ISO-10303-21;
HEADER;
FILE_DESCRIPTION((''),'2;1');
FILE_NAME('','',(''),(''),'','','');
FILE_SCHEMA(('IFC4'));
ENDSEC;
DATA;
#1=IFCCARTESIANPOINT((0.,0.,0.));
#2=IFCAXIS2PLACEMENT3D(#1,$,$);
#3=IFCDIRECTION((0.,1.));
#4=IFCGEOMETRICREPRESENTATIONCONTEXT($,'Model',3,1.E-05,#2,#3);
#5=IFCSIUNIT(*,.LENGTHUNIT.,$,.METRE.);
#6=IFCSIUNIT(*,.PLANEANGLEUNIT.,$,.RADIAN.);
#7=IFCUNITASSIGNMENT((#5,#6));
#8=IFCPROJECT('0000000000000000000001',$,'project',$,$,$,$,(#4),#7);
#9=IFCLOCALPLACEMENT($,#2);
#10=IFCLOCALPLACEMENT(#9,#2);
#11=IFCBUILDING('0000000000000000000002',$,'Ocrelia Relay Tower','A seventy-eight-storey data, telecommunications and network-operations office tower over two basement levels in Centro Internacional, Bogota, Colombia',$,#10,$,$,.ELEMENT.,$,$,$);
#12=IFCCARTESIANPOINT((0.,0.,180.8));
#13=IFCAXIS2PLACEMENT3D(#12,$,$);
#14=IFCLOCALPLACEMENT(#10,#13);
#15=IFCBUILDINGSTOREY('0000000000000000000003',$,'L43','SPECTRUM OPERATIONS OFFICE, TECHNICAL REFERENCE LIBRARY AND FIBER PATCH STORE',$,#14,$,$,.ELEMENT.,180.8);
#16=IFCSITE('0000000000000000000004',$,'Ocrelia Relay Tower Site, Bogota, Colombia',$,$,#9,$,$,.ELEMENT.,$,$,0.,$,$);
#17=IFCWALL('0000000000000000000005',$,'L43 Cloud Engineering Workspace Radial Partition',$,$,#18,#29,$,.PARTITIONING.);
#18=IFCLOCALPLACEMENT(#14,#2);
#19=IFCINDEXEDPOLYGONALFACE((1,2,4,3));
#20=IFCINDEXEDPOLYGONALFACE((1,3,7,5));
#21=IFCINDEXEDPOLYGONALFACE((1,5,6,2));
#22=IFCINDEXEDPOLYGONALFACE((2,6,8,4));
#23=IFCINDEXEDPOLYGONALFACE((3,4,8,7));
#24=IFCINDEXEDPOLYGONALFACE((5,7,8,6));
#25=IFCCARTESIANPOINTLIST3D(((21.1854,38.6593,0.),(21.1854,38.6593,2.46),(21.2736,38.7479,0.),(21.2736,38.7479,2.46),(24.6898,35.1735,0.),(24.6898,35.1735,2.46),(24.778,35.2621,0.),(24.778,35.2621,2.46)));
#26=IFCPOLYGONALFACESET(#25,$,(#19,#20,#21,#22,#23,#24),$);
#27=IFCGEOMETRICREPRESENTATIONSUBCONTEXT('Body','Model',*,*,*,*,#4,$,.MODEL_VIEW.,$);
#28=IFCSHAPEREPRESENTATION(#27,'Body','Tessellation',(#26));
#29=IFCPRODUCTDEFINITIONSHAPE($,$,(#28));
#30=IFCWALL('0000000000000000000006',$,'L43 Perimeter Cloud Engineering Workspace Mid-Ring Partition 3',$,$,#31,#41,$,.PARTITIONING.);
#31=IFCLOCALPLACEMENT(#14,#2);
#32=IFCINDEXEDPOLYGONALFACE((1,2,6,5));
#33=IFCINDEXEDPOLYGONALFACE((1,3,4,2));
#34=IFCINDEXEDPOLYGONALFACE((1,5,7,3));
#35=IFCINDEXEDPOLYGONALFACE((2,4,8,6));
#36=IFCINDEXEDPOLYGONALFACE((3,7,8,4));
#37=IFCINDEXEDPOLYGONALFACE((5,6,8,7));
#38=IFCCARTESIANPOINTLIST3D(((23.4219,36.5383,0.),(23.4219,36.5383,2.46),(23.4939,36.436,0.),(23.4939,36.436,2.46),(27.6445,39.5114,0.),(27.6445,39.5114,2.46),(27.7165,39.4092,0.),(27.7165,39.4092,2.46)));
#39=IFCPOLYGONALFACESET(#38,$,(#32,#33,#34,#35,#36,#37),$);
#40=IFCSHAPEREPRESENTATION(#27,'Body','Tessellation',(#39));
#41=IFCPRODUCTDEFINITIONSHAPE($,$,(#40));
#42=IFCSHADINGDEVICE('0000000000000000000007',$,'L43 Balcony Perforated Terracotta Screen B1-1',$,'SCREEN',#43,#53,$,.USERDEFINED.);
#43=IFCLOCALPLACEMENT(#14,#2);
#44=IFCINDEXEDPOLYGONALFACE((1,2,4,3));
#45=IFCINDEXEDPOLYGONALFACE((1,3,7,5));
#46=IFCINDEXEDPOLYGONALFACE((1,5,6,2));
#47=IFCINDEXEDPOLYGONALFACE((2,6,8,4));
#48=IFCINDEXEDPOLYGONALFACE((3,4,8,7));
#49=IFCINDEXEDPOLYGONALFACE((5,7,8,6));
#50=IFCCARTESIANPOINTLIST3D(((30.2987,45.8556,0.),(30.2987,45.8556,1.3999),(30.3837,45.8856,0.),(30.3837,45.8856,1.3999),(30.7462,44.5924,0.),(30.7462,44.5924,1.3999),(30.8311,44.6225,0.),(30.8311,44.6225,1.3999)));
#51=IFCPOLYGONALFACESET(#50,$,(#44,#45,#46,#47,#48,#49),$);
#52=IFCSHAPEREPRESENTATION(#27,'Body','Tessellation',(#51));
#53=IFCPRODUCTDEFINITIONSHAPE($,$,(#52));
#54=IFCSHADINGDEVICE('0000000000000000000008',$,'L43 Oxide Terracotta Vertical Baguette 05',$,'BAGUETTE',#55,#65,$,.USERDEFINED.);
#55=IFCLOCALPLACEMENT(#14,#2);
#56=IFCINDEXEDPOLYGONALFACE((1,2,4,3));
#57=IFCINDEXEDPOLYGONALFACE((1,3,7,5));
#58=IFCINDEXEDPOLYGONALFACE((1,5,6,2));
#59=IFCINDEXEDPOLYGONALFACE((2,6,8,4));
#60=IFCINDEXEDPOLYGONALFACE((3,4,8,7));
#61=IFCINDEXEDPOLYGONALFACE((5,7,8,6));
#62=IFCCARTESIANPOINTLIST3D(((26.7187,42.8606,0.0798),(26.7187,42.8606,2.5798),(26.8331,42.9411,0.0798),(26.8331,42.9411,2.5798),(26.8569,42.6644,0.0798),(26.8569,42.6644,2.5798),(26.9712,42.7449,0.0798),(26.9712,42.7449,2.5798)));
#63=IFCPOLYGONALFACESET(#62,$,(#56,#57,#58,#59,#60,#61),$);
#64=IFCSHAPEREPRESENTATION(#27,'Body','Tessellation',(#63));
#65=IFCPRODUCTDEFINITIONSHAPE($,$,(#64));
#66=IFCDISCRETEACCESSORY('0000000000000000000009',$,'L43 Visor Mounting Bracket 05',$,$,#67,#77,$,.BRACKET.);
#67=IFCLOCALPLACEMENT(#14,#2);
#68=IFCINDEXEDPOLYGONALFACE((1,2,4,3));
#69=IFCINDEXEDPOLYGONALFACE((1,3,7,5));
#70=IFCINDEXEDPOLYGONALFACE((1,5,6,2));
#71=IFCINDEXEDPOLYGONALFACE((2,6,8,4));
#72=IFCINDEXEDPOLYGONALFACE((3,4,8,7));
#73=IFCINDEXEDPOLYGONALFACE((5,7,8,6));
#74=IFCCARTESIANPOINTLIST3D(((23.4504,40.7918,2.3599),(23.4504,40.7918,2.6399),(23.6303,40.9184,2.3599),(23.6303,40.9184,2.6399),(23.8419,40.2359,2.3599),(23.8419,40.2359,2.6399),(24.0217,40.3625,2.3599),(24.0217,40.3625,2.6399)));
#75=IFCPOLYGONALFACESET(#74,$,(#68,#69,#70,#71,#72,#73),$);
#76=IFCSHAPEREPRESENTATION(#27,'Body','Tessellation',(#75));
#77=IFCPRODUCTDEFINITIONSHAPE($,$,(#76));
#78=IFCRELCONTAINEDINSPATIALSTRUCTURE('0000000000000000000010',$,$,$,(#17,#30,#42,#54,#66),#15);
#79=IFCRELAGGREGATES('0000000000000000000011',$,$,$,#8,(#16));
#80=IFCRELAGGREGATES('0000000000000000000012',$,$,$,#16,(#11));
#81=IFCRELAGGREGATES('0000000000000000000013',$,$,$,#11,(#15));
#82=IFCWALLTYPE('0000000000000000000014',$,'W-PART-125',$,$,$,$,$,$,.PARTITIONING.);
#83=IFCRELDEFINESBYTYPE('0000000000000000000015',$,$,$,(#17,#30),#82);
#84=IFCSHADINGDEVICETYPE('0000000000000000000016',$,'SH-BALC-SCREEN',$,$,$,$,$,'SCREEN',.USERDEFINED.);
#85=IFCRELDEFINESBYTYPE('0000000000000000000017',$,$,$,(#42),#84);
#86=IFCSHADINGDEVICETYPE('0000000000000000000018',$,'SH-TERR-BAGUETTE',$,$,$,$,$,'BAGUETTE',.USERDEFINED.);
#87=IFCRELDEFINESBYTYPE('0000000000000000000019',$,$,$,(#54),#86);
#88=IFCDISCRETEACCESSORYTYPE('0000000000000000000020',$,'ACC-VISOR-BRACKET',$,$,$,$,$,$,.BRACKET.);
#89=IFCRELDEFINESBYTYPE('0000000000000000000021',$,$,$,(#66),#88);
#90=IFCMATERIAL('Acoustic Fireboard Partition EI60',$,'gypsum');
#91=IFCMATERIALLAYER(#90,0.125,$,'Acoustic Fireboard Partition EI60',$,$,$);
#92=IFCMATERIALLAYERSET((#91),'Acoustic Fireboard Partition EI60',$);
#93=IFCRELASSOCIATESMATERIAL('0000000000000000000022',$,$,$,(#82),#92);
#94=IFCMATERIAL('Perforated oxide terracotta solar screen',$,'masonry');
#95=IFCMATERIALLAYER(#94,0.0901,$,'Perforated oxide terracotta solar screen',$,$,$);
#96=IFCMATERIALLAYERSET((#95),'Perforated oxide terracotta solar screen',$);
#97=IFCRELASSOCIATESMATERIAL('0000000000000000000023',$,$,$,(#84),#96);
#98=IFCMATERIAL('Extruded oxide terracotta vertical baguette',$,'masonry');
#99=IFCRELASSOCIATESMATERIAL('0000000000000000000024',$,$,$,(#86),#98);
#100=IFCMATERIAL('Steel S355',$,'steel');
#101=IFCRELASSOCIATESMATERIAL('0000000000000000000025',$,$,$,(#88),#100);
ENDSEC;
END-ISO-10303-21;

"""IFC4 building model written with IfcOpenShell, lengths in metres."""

from ifc_helpers import new_model, si_unit, direction, frame, frame_2d, origin, origin_2d, place, context, subcontext, project, spatial, rectangle, extrude, material, layer, layer_set, type_object, element, save


model = new_model("IFC4")

# Units and contexts
model_context = context("Model", 3, precision=1e-05, world=origin(), true_north=direction((0.0, 1.0)))
body_context = subcontext(model_context, "Body", "Model", "MODEL_VIEW")
ifc_project = project(units=[si_unit("LENGTHUNIT", "METRE"), si_unit("PLANEANGLEUNIT", "RADIAN")], contexts=[model_context])

# Site, building, storey
site_placement = place(None, origin())
site = spatial("IfcSite", under=ifc_project, at=site_placement, Name="Ocrelia Relay Tower Site, Bogota, Colombia", CompositionType="ELEMENT", RefElevation=0.0)
building_placement = place(site_placement, origin())
building = spatial("IfcBuilding", under=site, at=building_placement, Name="Ocrelia Relay Tower", Description="A seventy-eight-storey data, telecommunications and network-operations office tower over two basement levels in Centro Internacional, Bogota, Colombia", CompositionType="ELEMENT")
storey_placement = place(building_placement, frame((0.0, 0.0, 180.8)))
storey = spatial("IfcBuildingStorey", under=building, at=storey_placement, Name="L43", Description="SPECTRUM OPERATIONS OFFICE, TECHNICAL REFERENCE LIBRARY AND FIBER PATCH STORE", CompositionType="ELEMENT", Elevation=180.8)

# Shared definitions
ifc_material_1 = material(Name="Steel S355", Category="steel")

# Walls
ifc_material_2 = material(Name="Acoustic Fireboard Partition EI60", Category="gypsum")
ifc_layer_1 = layer(ifc_material_2, 0.125, Name="Acoustic Fireboard Partition EI60")
ifc_layer_set_1 = layer_set([ifc_layer_1], Name="Acoustic Fireboard Partition EI60")
wall_type_1 = type_object("IfcWallType", Name="W-PART-125", PredefinedType="PARTITIONING", material=ifc_layer_set_1)
wall_1_placement = place(storey_placement, frame((24.7339, 35.2178, 0.0), z_axis=(0.0, 0.0, 1.0), x_axis=(-0.708981, 0.705227, 0.0)))
element("IfcWall", 1, at=wall_1_placement, inside=storey, type_object=wall_type_1, Name="L43 Cloud Engineering Workspace Radial Partition", PredefinedType="PARTITIONING", context=body_context, shape_type="SweptSolid", body=[
    extrude(rectangle(XDim=4.9429, YDim=0.125, at=frame_2d((2.4714, 0.0))), origin(), (0.0, 0.0, 1.0), 2.46),
])
wall_2_placement = place(storey_placement, frame((27.6804, 39.4602, 0.0), z_axis=(0.0, 0.0, 1.0), x_axis=(-0.817656, -0.575707, 0.0)))
element("IfcWall", 2, at=wall_2_placement, inside=storey, type_object=wall_type_1, Name="L43 Perimeter Cloud Engineering Workspace Mid-Ring Partition 3", PredefinedType="PARTITIONING", context=body_context, shape_type="SweptSolid", body=[
    extrude(rectangle(XDim=5.1643, YDim=0.125, at=frame_2d((2.582, 0.0))), origin(), (0.0, 0.0, 1.0), 2.46),
])

# Shading devices
ifc_material_3 = material(Name="Perforated oxide terracotta solar screen", Category="masonry")
ifc_layer_2 = layer(ifc_material_3, 0.0901, Name="Perforated oxide terracotta solar screen")
ifc_layer_set_2 = layer_set([ifc_layer_2], Name="Perforated oxide terracotta solar screen")
shading_device_type_1 = type_object("IfcShadingDeviceType", Name="SH-BALC-SCREEN", ElementType="SCREEN", PredefinedType="USERDEFINED", material=ifc_layer_set_2)
shading_device_1_placement = place(storey_placement, frame((30.5649, 45.239, 0.0), z_axis=(0.0, 0.0, 1.0), x_axis=(-0.333912, 0.942604, 0.0)))
element("IfcShadingDevice", 3, at=shading_device_1_placement, inside=storey, type_object=shading_device_type_1, Name="L43 Balcony Perforated Terracotta Screen B1-1", ObjectType="SCREEN", PredefinedType="USERDEFINED", context=body_context, shape_type="SweptSolid", body=[
    extrude(rectangle(XDim=1.3401, YDim=0.0901, at=origin_2d()), origin(), (0.0, 0.0, 1.0), 1.3999),
])
ifc_material_4 = material(Name="Extruded oxide terracotta vertical baguette", Category="masonry")
shading_device_type_2 = type_object("IfcShadingDeviceType", Name="SH-TERR-BAGUETTE", ElementType="BAGUETTE", PredefinedType="USERDEFINED", material=ifc_material_4)
shading_device_2_placement = place(storey_placement, frame((26.845, 42.8027, 0.0798), z_axis=(0.0, 0.0, 1.0), x_axis=(-0.817648, -0.575718, 0.0)))
element("IfcShadingDevice", 4, at=shading_device_2_placement, inside=storey, type_object=shading_device_type_2, Name="L43 Oxide Terracotta Vertical Baguette 05", ObjectType="BAGUETTE", PredefinedType="USERDEFINED", context=body_context, shape_type="SweptSolid", body=[
    extrude(rectangle(XDim=0.1399, YDim=0.24, at=origin_2d()), origin(), (0.0, 0.0, 1.0), 2.5),
])

# Discrete accessory
discrete_accessory_type = type_object("IfcDiscreteAccessoryType", Name="ACC-VISOR-BRACKET", PredefinedType="BRACKET", material=ifc_material_1)
discrete_accessory_placement = place(storey_placement, frame((23.7361, 40.5771, 2.3599), z_axis=(0.0, 0.0, 1.0), x_axis=(-0.817648, -0.575718, 0.0)))
element("IfcDiscreteAccessory", 5, at=discrete_accessory_placement, inside=storey, type_object=discrete_accessory_type, Name="L43 Visor Mounting Bracket 05", PredefinedType="BRACKET", context=body_context, shape_type="SweptSolid", body=[
    extrude(rectangle(XDim=0.22, YDim=0.6799, at=origin_2d()), origin(), (0.0, 0.0, 1.0), 0.28),
])

save(model, "model.ifc")
